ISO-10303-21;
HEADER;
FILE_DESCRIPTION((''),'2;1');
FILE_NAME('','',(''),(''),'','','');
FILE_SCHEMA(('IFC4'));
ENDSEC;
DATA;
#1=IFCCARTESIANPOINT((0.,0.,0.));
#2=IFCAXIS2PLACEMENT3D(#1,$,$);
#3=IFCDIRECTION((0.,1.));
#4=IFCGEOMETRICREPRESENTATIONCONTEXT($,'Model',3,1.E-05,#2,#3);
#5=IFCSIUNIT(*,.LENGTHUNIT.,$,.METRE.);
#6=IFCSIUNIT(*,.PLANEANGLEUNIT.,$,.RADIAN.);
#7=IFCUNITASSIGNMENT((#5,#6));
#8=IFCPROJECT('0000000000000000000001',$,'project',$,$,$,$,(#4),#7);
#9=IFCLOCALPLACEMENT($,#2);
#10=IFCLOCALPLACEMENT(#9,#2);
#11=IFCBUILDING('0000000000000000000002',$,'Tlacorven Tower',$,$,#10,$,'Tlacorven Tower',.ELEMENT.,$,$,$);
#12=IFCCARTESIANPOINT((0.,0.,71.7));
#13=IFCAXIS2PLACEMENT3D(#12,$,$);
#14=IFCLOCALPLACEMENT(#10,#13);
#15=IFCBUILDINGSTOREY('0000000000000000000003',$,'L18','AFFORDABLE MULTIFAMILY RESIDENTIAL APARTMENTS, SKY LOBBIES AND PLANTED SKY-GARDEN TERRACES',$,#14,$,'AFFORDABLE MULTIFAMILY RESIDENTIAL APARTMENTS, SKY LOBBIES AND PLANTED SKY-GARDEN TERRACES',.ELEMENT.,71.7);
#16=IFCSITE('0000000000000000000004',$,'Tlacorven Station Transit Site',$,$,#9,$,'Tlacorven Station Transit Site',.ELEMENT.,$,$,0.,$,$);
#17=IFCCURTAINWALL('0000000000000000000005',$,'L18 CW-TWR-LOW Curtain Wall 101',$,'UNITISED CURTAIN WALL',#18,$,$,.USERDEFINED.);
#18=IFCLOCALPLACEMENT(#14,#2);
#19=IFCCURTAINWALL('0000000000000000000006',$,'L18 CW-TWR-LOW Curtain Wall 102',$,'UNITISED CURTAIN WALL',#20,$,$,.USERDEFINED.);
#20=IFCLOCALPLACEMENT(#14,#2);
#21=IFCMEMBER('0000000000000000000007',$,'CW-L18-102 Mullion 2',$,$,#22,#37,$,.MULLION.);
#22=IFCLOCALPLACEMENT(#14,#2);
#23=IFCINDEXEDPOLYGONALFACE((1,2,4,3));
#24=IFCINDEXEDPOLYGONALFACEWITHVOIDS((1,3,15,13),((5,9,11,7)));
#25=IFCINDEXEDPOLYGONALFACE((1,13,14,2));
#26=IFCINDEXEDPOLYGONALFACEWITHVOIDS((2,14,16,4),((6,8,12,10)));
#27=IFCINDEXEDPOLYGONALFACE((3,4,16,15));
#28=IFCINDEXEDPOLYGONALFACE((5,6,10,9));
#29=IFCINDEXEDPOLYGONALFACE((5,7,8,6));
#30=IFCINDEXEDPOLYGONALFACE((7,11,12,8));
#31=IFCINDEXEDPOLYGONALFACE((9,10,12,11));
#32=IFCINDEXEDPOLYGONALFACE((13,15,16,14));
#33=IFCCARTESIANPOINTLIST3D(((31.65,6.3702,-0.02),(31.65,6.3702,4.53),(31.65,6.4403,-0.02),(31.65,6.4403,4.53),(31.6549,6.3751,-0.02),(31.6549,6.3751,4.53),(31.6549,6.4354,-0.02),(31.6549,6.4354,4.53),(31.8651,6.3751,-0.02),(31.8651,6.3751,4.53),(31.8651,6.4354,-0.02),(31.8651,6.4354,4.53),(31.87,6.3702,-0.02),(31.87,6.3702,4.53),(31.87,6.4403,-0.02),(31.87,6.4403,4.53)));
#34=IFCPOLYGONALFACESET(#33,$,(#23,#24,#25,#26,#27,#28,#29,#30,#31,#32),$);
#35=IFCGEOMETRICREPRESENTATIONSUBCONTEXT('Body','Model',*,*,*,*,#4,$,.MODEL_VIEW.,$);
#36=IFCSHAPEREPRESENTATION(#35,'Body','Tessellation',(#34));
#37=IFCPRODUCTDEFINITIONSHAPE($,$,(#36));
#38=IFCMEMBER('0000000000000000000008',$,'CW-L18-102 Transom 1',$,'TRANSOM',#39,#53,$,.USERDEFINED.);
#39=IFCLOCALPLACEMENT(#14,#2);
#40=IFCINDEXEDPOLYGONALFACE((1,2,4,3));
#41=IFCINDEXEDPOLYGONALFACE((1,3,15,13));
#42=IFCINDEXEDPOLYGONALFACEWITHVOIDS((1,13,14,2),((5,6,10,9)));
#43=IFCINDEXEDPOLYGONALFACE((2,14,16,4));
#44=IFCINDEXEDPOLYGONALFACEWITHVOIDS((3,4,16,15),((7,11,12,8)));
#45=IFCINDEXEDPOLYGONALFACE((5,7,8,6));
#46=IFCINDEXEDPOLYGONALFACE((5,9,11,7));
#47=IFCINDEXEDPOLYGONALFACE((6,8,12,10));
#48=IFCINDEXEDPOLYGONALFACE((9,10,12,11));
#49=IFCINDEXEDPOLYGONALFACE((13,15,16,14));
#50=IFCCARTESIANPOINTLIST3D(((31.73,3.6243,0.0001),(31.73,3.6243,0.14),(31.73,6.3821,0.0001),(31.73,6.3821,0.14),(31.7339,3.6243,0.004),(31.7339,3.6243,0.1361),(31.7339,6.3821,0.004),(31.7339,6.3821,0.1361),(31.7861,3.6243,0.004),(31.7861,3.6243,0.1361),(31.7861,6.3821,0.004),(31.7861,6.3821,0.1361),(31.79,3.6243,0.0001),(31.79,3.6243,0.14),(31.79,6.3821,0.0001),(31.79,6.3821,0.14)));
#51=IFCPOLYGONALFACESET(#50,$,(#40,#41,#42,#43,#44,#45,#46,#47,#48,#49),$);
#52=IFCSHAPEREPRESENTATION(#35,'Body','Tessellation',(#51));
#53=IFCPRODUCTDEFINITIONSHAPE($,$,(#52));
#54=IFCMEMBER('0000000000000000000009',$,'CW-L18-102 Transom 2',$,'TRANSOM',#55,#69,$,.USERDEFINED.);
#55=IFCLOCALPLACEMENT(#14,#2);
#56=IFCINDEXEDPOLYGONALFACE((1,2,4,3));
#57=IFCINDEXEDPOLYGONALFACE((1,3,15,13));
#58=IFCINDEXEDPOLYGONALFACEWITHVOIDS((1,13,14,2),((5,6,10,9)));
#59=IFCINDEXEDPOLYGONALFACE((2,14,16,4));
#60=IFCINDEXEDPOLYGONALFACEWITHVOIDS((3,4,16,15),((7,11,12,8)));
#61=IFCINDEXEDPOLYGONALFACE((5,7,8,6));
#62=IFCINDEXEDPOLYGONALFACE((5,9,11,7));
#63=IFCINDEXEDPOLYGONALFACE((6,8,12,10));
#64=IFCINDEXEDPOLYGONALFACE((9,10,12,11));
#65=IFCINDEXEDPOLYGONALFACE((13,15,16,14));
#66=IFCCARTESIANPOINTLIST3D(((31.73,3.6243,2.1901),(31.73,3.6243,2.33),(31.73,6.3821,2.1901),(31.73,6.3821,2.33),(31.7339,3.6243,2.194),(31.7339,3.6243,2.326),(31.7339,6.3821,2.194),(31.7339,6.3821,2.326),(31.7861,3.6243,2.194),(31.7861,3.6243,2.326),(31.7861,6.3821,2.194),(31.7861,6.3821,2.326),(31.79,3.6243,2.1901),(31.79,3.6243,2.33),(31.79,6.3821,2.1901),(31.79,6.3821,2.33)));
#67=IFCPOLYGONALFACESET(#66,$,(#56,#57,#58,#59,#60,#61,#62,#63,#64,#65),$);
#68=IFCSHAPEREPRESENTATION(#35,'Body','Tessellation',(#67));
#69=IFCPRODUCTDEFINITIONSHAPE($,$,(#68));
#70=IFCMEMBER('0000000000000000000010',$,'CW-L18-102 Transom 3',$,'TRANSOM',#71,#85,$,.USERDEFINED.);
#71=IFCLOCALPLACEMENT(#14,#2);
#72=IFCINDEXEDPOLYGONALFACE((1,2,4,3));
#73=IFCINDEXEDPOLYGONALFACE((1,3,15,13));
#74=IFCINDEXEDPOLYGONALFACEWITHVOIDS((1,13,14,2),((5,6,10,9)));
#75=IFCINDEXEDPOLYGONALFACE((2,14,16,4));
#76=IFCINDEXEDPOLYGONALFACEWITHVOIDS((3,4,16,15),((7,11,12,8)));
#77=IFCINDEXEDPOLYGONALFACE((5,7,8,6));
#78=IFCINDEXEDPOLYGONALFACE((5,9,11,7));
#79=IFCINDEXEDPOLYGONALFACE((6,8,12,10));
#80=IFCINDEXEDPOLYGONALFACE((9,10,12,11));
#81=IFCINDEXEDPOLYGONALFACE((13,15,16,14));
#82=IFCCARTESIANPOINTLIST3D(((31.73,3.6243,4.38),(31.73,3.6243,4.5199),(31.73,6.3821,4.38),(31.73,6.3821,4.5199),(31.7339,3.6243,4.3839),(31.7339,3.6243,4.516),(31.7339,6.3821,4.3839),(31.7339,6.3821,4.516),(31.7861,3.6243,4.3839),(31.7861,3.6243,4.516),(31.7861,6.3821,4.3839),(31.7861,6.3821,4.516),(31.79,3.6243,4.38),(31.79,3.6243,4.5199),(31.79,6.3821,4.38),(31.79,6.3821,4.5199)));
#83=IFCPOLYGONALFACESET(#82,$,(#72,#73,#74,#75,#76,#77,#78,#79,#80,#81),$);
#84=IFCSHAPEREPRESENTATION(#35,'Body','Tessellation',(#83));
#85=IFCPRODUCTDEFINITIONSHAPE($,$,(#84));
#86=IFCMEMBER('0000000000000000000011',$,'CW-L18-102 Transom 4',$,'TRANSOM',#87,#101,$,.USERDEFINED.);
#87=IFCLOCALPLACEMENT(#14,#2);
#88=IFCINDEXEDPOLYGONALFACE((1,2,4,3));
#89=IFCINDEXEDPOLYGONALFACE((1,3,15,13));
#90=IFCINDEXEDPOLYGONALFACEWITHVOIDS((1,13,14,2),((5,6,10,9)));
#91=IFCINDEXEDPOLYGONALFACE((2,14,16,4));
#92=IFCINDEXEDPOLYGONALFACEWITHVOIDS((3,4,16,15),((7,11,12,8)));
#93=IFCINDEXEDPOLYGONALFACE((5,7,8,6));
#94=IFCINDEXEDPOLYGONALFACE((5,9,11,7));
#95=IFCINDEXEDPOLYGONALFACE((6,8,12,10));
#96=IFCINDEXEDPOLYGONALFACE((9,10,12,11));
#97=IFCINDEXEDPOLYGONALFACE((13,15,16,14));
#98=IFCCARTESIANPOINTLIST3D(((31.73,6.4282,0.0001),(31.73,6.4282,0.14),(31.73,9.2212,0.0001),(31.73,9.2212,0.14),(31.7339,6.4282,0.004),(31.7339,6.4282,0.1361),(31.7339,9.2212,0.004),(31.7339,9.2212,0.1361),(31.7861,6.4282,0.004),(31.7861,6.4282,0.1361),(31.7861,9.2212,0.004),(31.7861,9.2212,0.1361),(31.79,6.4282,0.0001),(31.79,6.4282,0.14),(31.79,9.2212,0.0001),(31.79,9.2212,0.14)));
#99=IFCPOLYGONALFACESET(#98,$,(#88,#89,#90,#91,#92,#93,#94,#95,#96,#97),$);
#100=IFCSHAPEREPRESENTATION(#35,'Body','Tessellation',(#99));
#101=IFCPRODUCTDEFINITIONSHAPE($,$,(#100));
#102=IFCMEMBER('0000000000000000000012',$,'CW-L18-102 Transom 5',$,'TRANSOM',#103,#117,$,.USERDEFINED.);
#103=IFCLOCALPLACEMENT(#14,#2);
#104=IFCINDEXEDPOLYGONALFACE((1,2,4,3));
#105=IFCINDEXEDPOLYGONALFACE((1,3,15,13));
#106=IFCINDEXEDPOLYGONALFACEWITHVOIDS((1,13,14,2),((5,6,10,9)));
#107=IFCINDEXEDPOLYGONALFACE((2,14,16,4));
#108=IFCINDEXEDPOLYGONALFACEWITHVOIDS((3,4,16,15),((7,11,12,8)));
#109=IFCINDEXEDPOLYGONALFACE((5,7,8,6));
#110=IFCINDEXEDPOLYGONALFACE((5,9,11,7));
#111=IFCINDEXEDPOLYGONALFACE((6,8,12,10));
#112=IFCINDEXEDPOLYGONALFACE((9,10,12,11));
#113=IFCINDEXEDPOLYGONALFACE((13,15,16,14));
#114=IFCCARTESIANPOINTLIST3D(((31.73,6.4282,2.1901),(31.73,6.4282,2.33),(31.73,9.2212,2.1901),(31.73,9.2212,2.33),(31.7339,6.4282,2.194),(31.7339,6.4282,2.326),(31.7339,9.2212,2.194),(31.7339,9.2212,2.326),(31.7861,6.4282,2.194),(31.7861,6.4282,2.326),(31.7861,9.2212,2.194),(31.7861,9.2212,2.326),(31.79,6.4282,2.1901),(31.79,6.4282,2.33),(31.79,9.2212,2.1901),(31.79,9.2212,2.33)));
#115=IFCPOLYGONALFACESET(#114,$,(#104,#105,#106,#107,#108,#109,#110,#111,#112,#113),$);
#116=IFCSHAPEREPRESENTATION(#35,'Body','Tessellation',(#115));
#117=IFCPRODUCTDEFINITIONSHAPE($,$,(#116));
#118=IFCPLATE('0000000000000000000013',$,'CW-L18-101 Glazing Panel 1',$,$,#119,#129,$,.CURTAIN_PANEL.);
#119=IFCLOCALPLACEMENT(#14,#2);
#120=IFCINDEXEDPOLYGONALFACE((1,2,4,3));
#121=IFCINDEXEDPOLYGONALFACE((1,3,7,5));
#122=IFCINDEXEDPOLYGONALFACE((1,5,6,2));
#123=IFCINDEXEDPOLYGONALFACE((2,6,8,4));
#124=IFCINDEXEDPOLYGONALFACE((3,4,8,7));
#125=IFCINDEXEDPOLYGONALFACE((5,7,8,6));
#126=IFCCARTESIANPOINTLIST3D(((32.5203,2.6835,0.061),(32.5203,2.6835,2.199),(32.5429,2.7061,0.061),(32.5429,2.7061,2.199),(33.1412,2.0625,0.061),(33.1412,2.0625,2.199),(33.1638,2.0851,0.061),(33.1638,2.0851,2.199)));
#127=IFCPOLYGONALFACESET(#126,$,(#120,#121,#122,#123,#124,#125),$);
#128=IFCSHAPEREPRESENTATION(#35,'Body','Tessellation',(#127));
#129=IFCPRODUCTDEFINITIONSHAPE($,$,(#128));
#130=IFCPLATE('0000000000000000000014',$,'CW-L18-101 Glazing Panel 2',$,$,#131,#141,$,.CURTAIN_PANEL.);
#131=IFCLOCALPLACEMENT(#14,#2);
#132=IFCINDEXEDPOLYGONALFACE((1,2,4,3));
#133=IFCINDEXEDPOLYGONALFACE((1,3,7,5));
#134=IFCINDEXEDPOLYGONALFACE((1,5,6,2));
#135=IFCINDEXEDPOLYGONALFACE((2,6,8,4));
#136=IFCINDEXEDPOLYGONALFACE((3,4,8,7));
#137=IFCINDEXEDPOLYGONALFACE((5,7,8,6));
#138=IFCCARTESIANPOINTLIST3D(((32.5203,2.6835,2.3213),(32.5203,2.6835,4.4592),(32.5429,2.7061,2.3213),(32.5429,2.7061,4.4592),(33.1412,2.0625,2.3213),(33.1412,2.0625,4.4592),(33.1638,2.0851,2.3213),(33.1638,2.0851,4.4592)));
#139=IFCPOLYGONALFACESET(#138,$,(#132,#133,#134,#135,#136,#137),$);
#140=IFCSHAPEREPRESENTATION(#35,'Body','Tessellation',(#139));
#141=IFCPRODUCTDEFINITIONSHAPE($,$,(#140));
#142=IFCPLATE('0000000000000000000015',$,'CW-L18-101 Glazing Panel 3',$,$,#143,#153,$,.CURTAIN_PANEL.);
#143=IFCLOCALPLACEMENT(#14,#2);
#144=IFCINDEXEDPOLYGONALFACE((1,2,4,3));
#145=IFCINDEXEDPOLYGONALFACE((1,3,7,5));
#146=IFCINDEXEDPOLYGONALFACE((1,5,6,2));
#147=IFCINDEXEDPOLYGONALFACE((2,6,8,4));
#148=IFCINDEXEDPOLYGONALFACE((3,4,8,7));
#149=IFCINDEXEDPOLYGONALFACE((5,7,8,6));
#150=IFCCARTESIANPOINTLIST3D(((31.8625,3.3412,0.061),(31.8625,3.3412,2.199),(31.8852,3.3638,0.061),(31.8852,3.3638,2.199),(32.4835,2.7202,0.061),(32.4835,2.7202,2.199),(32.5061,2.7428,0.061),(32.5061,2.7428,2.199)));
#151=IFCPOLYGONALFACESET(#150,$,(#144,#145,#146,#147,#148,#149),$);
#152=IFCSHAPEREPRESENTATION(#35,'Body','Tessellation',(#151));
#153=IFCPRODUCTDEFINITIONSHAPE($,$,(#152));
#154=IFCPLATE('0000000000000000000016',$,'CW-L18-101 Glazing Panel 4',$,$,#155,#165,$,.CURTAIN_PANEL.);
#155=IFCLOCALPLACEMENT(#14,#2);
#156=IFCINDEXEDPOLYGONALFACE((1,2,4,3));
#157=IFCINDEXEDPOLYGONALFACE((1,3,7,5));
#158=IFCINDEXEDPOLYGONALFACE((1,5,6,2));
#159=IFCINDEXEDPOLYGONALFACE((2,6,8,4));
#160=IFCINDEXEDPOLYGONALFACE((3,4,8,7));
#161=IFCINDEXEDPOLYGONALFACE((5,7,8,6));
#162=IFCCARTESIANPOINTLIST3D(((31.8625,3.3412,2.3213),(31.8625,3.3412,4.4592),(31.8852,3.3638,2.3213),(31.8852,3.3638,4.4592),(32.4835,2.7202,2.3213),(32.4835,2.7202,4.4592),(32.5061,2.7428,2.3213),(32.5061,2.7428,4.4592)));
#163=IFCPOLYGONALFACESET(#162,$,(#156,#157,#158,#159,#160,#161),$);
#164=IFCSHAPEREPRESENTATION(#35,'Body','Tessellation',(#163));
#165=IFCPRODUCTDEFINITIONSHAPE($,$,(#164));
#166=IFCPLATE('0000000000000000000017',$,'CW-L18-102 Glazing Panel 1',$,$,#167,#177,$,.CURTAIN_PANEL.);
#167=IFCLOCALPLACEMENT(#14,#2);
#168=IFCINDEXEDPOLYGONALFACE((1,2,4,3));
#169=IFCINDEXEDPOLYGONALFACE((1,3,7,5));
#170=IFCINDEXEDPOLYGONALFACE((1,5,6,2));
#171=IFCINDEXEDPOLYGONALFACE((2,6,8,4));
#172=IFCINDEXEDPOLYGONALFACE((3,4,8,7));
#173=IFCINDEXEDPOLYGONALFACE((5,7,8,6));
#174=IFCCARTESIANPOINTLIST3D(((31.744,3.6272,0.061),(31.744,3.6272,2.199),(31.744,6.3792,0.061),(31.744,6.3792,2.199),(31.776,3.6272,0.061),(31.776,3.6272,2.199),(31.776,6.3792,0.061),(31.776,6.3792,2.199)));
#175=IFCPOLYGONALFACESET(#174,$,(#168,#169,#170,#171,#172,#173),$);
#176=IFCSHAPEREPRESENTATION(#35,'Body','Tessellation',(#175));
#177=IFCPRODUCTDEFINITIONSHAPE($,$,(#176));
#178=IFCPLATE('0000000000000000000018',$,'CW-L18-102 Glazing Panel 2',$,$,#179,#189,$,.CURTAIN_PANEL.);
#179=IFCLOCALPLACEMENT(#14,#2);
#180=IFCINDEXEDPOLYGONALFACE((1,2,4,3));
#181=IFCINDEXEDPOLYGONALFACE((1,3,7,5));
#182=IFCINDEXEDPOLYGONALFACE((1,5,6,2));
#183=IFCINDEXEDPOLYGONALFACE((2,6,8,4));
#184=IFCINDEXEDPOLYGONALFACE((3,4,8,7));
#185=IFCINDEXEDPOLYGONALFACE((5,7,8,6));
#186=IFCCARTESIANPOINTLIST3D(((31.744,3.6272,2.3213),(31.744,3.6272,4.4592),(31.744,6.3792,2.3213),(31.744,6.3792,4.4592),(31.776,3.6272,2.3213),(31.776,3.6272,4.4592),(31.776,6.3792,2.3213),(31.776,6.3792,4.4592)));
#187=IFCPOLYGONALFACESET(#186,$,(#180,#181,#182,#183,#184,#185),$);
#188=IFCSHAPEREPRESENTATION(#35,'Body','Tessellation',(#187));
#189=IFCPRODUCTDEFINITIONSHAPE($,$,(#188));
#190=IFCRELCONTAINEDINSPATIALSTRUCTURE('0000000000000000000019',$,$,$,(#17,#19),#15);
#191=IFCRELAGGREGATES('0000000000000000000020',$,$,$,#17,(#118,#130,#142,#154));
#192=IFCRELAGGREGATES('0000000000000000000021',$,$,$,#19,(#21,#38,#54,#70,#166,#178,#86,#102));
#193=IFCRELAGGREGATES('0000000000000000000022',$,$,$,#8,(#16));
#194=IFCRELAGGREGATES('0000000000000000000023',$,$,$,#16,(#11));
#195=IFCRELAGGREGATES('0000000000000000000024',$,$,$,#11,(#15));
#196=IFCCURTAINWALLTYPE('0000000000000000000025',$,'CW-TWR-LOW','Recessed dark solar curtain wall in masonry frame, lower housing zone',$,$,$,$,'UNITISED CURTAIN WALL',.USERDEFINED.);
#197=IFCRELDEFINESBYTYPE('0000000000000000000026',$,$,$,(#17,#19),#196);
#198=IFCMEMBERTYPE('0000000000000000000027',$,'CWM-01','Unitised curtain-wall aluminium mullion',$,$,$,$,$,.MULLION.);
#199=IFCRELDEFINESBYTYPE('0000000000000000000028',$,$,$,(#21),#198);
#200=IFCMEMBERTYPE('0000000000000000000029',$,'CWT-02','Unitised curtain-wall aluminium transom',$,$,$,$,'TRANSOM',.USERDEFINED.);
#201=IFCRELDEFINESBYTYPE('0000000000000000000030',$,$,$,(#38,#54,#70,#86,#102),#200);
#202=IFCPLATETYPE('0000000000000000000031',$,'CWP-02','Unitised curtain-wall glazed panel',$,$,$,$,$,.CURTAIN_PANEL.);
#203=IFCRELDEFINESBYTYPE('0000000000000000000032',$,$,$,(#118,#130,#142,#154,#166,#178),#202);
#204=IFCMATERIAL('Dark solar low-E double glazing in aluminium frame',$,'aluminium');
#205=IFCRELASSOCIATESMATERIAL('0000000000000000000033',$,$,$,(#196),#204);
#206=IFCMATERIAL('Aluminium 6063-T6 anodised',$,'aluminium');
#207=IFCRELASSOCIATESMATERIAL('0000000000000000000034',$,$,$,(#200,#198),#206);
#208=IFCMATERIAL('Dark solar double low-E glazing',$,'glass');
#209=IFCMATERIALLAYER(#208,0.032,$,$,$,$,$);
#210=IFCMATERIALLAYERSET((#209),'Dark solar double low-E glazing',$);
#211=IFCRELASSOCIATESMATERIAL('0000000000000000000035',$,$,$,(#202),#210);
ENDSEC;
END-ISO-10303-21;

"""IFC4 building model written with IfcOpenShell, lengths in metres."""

from ifc_helpers import new_model, si_unit, direction, frame, origin, origin_2d, place, context, subcontext, project, spatial, rectangle, hollow_rectangle, extrude, source, transform, mapped, material, layer, layer_set, material_profile, profile_set, type_object, element, aggregate, save


model = new_model("IFC4")

# Units and contexts
model_context = context("Model", 3, precision=1e-05, world=origin(), true_north=direction((0.0, 1.0)))
body_context = subcontext(model_context, "Body", "Model", "MODEL_VIEW")
ifc_project = project(units=[si_unit("LENGTHUNIT", "METRE"), si_unit("PLANEANGLEUNIT", "RADIAN")], contexts=[model_context])

# Site, building, storey
site_placement = place(None, origin())
site = spatial("IfcSite", under=ifc_project, at=site_placement, Name="Tlacorven Station Transit Site", LongName="Tlacorven Station Transit Site", CompositionType="ELEMENT", RefElevation=0.0)
building_placement = place(site_placement, origin())
building = spatial("IfcBuilding", under=site, at=building_placement, Name="Tlacorven Tower", LongName="Tlacorven Tower", CompositionType="ELEMENT")
storey_placement = place(building_placement, frame((0.0, 0.0, 71.7)))
storey = spatial("IfcBuildingStorey", under=building, at=storey_placement, Name="L18", Description="AFFORDABLE MULTIFAMILY RESIDENTIAL APARTMENTS, SKY LOBBIES AND PLANTED SKY-GARDEN TERRACES", LongName="AFFORDABLE MULTIFAMILY RESIDENTIAL APARTMENTS, SKY LOBBIES AND PLANTED SKY-GARDEN TERRACES", CompositionType="ELEMENT", Elevation=71.7)

# Curtain wall
ifc_material_1 = material(Name="Dark solar low-E double glazing in aluminium frame", Category="aluminium")
curtain_wall_type = type_object("IfcCurtainWallType", Name="CW-TWR-LOW", Description="Recessed dark solar curtain wall in masonry frame, lower housing zone", ElementType="UNITISED CURTAIN WALL", PredefinedType="USERDEFINED", material=ifc_material_1)
curtain_wall_1_placement = place(storey_placement, origin())
curtain_wall_1 = element("IfcCurtainWall", 1, at=curtain_wall_1_placement, inside=storey, type_object=curtain_wall_type, Name="L18 CW-TWR-LOW Curtain Wall 101", ObjectType="UNITISED CURTAIN WALL", PredefinedType="USERDEFINED")
ifc_material_2 = material(Name="Aluminium 6063-T6 anodised", Category="aluminium")
ifc_material_profile_1 = material_profile(ifc_material_2, hollow_rectangle(XDim=0.0601, YDim=0.1399, WallThickness=0.0039, at=origin_2d()), Name="ALU TRANSOM 60X140")
ifc_profile_set_1 = profile_set([ifc_material_profile_1], Name="Aluminium 6063-T6 anodised")
member_type_1 = type_object("IfcMemberType", Name="CWT-02", Description="Unitised curtain-wall aluminium transom", ElementType="TRANSOM", PredefinedType="USERDEFINED", material=ifc_profile_set_1)

# Shared definitions
ifc_material_profile_2 = material_profile(ifc_material_2, hollow_rectangle(XDim=0.0701, YDim=0.22, WallThickness=0.0049, at=origin_2d()), Name="ALU MULLION 70X220")
ifc_profile_set_2 = profile_set([ifc_material_profile_2], Name="Aluminium 6063-T6 anodised")
member_type_2 = type_object("IfcMemberType", Name="CWM-01", Description="Unitised curtain-wall aluminium mullion", PredefinedType="MULLION", material=ifc_profile_set_2)
shared_shape_1 = source(origin(), body_context, "Body", "SweptSolid", [
    extrude(hollow_rectangle(XDim=0.0701, YDim=0.22, WallThickness=0.0049, at=origin_2d()), origin(), (0.0, 0.0, 1.0), 4.55),
])

# Curtain wall, members
curtain_wall_2_placement = place(storey_placement, origin())
curtain_wall_2 = element("IfcCurtainWall", 2, at=curtain_wall_2_placement, inside=storey, type_object=curtain_wall_type, Name="L18 CW-TWR-LOW Curtain Wall 102", ObjectType="UNITISED CURTAIN WALL", PredefinedType="USERDEFINED")
member_1_placement = place(storey_placement, frame((31.76, 6.4053, -0.02), z_axis=(0.0, 0.0, 1.0), x_axis=(0.0, 1.0, 0.0)))
member_1 = element("IfcMember", 3, at=member_1_placement, type_object=member_type_2, Name="CW-L18-102 Mullion 2", PredefinedType="MULLION", context=body_context, shape_type="MappedRepresentation", body=[
    mapped(shared_shape_1, transform((0.0, 0.0, 0.0), scale=1.0)),
])
shared_shape_2 = source(origin(), body_context, "Body", "SweptSolid", [
    extrude(hollow_rectangle(XDim=0.0601, YDim=0.1399, WallThickness=0.0039, at=origin_2d()), origin(), (0.0, 0.0, 1.0), 2.7578),
])
member_2_placement = place(storey_placement, frame((31.76, 3.6243, 0.0701), z_axis=(0.0, 1.0, 0.0), x_axis=(-1.0, 0.0, 0.0)))
member_2 = element("IfcMember", 4, at=member_2_placement, type_object=member_type_1, Name="CW-L18-102 Transom 1", ObjectType="TRANSOM", PredefinedType="USERDEFINED", context=body_context, shape_type="MappedRepresentation", body=[
    mapped(shared_shape_2, transform((0.0, 0.0, 0.0), scale=1.0)),
])
member_3_placement = place(storey_placement, frame((31.76, 3.6243, 2.26), z_axis=(0.0, 1.0, 0.0), x_axis=(-1.0, 0.0, 0.0)))
member_3 = element("IfcMember", 5, at=member_3_placement, type_object=member_type_1, Name="CW-L18-102 Transom 2", ObjectType="TRANSOM", PredefinedType="USERDEFINED", context=body_context, shape_type="MappedRepresentation", body=[
    mapped(shared_shape_2, transform((0.0, 0.0, 0.0), scale=1.0)),
])
member_4_placement = place(storey_placement, frame((31.76, 3.6243, 4.45), z_axis=(0.0, 1.0, 0.0), x_axis=(-1.0, 0.0, 0.0)))
member_4 = element("IfcMember", 6, at=member_4_placement, type_object=member_type_1, Name="CW-L18-102 Transom 3", ObjectType="TRANSOM", PredefinedType="USERDEFINED", context=body_context, shape_type="MappedRepresentation", body=[
    mapped(shared_shape_2, transform((0.0, 0.0, 0.0), scale=1.0)),
])
shared_shape_3 = source(origin(), body_context, "Body", "SweptSolid", [
    extrude(hollow_rectangle(XDim=0.0601, YDim=0.1399, WallThickness=0.0039, at=origin_2d()), origin(), (0.0, 0.0, 1.0), 2.793),
])
member_5_placement = place(storey_placement, frame((31.76, 6.4282, 0.0701), z_axis=(0.0, 1.0, 0.0), x_axis=(-1.0, 0.0, 0.0)))
member_5 = element("IfcMember", 7, at=member_5_placement, type_object=member_type_1, Name="CW-L18-102 Transom 4", ObjectType="TRANSOM", PredefinedType="USERDEFINED", context=body_context, shape_type="MappedRepresentation", body=[
    mapped(shared_shape_3, transform((0.0, 0.0, 0.0), scale=1.0)),
])
member_6_placement = place(storey_placement, frame((31.76, 6.4282, 2.26), z_axis=(0.0, 1.0, 0.0), x_axis=(-1.0, 0.0, 0.0)))
member_6 = element("IfcMember", 8, at=member_6_placement, type_object=member_type_1, Name="CW-L18-102 Transom 5", ObjectType="TRANSOM", PredefinedType="USERDEFINED", context=body_context, shape_type="MappedRepresentation", body=[
    mapped(shared_shape_3, transform((0.0, 0.0, 0.0), scale=1.0)),
])

# Plates
ifc_material_3 = material(Name="Dark solar double low-E glazing", Category="glass")
ifc_layer = layer(ifc_material_3, 0.032)
ifc_layer_set = layer_set([ifc_layer], Name="Dark solar double low-E glazing")
plate_type = type_object("IfcPlateType", Name="CWP-02", Description="Unitised curtain-wall glazed panel", PredefinedType="CURTAIN_PANEL", material=ifc_layer_set)
shared_shape_4 = source(origin(), body_context, "Body", "SweptSolid", [
    extrude(rectangle(XDim=0.8782, YDim=0.032, at=origin_2d()), origin(), (0.0, 0.0, 1.0), 2.1379),
])
plate_1_placement = place(storey_placement, frame((32.842, 2.3843, 0.061), z_axis=(0.0, 0.0, 1.0), x_axis=(-0.707107, 0.707107, 0.0)))
plate_1 = element("IfcPlate", 9, at=plate_1_placement, type_object=plate_type, Name="CW-L18-101 Glazing Panel 1", PredefinedType="CURTAIN_PANEL", context=body_context, shape_type="MappedRepresentation", body=[
    mapped(shared_shape_4, transform((0.0, 0.0, 0.0), scale=1.0)),
])
plate_2_placement = place(storey_placement, frame((32.842, 2.3843, 2.3213), z_axis=(0.0, 0.0, 1.0), x_axis=(-0.707107, 0.707107, 0.0)))
plate_2 = element("IfcPlate", 10, at=plate_2_placement, type_object=plate_type, Name="CW-L18-101 Glazing Panel 2", PredefinedType="CURTAIN_PANEL", context=body_context, shape_type="MappedRepresentation", body=[
    mapped(shared_shape_4, transform((0.0, 0.0, 0.0), scale=1.0)),
])
plate_3_placement = place(storey_placement, frame((32.1843, 3.042, 0.061), z_axis=(0.0, 0.0, 1.0), x_axis=(-0.707107, 0.707107, 0.0)))
plate_3 = element("IfcPlate", 11, at=plate_3_placement, type_object=plate_type, Name="CW-L18-101 Glazing Panel 3", PredefinedType="CURTAIN_PANEL", context=body_context, shape_type="MappedRepresentation", body=[
    mapped(shared_shape_4, transform((0.0, 0.0, 0.0), scale=1.0)),
])
plate_4_placement = place(storey_placement, frame((32.1843, 3.042, 2.3213), z_axis=(0.0, 0.0, 1.0), x_axis=(-0.707107, 0.707107, 0.0)))
plate_4 = element("IfcPlate", 12, at=plate_4_placement, type_object=plate_type, Name="CW-L18-101 Glazing Panel 4", PredefinedType="CURTAIN_PANEL", context=body_context, shape_type="MappedRepresentation", body=[
    mapped(shared_shape_4, transform((0.0, 0.0, 0.0), scale=1.0)),
])
aggregate(curtain_wall_1, [plate_1, plate_2, plate_3, plate_4])
shared_shape_5 = source(origin(), body_context, "Body", "SweptSolid", [
    extrude(rectangle(XDim=2.752, YDim=0.032, at=origin_2d()), origin(), (0.0, 0.0, 1.0), 2.1379),
])
plate_5_placement = place(storey_placement, frame((31.76, 5.0032, 0.061), z_axis=(0.0, 0.0, 1.0), x_axis=(0.0, 1.0, 0.0)))
plate_5 = element("IfcPlate", 13, at=plate_5_placement, type_object=plate_type, Name="CW-L18-102 Glazing Panel 1", PredefinedType="CURTAIN_PANEL", context=body_context, shape_type="MappedRepresentation", body=[
    mapped(shared_shape_5, transform((0.0, 0.0, 0.0), scale=1.0)),
])
plate_6_placement = place(storey_placement, frame((31.76, 5.0032, 2.3213), z_axis=(0.0, 0.0, 1.0), x_axis=(0.0, 1.0, 0.0)))
plate_6 = element("IfcPlate", 14, at=plate_6_placement, type_object=plate_type, Name="CW-L18-102 Glazing Panel 2", PredefinedType="CURTAIN_PANEL", context=body_context, shape_type="MappedRepresentation", body=[
    mapped(shared_shape_5, transform((0.0, 0.0, 0.0), scale=1.0)),
])
aggregate(curtain_wall_2, [member_1, member_2, member_3, member_4, plate_5, plate_6, member_5, member_6])

save(model, "model.ifc")
